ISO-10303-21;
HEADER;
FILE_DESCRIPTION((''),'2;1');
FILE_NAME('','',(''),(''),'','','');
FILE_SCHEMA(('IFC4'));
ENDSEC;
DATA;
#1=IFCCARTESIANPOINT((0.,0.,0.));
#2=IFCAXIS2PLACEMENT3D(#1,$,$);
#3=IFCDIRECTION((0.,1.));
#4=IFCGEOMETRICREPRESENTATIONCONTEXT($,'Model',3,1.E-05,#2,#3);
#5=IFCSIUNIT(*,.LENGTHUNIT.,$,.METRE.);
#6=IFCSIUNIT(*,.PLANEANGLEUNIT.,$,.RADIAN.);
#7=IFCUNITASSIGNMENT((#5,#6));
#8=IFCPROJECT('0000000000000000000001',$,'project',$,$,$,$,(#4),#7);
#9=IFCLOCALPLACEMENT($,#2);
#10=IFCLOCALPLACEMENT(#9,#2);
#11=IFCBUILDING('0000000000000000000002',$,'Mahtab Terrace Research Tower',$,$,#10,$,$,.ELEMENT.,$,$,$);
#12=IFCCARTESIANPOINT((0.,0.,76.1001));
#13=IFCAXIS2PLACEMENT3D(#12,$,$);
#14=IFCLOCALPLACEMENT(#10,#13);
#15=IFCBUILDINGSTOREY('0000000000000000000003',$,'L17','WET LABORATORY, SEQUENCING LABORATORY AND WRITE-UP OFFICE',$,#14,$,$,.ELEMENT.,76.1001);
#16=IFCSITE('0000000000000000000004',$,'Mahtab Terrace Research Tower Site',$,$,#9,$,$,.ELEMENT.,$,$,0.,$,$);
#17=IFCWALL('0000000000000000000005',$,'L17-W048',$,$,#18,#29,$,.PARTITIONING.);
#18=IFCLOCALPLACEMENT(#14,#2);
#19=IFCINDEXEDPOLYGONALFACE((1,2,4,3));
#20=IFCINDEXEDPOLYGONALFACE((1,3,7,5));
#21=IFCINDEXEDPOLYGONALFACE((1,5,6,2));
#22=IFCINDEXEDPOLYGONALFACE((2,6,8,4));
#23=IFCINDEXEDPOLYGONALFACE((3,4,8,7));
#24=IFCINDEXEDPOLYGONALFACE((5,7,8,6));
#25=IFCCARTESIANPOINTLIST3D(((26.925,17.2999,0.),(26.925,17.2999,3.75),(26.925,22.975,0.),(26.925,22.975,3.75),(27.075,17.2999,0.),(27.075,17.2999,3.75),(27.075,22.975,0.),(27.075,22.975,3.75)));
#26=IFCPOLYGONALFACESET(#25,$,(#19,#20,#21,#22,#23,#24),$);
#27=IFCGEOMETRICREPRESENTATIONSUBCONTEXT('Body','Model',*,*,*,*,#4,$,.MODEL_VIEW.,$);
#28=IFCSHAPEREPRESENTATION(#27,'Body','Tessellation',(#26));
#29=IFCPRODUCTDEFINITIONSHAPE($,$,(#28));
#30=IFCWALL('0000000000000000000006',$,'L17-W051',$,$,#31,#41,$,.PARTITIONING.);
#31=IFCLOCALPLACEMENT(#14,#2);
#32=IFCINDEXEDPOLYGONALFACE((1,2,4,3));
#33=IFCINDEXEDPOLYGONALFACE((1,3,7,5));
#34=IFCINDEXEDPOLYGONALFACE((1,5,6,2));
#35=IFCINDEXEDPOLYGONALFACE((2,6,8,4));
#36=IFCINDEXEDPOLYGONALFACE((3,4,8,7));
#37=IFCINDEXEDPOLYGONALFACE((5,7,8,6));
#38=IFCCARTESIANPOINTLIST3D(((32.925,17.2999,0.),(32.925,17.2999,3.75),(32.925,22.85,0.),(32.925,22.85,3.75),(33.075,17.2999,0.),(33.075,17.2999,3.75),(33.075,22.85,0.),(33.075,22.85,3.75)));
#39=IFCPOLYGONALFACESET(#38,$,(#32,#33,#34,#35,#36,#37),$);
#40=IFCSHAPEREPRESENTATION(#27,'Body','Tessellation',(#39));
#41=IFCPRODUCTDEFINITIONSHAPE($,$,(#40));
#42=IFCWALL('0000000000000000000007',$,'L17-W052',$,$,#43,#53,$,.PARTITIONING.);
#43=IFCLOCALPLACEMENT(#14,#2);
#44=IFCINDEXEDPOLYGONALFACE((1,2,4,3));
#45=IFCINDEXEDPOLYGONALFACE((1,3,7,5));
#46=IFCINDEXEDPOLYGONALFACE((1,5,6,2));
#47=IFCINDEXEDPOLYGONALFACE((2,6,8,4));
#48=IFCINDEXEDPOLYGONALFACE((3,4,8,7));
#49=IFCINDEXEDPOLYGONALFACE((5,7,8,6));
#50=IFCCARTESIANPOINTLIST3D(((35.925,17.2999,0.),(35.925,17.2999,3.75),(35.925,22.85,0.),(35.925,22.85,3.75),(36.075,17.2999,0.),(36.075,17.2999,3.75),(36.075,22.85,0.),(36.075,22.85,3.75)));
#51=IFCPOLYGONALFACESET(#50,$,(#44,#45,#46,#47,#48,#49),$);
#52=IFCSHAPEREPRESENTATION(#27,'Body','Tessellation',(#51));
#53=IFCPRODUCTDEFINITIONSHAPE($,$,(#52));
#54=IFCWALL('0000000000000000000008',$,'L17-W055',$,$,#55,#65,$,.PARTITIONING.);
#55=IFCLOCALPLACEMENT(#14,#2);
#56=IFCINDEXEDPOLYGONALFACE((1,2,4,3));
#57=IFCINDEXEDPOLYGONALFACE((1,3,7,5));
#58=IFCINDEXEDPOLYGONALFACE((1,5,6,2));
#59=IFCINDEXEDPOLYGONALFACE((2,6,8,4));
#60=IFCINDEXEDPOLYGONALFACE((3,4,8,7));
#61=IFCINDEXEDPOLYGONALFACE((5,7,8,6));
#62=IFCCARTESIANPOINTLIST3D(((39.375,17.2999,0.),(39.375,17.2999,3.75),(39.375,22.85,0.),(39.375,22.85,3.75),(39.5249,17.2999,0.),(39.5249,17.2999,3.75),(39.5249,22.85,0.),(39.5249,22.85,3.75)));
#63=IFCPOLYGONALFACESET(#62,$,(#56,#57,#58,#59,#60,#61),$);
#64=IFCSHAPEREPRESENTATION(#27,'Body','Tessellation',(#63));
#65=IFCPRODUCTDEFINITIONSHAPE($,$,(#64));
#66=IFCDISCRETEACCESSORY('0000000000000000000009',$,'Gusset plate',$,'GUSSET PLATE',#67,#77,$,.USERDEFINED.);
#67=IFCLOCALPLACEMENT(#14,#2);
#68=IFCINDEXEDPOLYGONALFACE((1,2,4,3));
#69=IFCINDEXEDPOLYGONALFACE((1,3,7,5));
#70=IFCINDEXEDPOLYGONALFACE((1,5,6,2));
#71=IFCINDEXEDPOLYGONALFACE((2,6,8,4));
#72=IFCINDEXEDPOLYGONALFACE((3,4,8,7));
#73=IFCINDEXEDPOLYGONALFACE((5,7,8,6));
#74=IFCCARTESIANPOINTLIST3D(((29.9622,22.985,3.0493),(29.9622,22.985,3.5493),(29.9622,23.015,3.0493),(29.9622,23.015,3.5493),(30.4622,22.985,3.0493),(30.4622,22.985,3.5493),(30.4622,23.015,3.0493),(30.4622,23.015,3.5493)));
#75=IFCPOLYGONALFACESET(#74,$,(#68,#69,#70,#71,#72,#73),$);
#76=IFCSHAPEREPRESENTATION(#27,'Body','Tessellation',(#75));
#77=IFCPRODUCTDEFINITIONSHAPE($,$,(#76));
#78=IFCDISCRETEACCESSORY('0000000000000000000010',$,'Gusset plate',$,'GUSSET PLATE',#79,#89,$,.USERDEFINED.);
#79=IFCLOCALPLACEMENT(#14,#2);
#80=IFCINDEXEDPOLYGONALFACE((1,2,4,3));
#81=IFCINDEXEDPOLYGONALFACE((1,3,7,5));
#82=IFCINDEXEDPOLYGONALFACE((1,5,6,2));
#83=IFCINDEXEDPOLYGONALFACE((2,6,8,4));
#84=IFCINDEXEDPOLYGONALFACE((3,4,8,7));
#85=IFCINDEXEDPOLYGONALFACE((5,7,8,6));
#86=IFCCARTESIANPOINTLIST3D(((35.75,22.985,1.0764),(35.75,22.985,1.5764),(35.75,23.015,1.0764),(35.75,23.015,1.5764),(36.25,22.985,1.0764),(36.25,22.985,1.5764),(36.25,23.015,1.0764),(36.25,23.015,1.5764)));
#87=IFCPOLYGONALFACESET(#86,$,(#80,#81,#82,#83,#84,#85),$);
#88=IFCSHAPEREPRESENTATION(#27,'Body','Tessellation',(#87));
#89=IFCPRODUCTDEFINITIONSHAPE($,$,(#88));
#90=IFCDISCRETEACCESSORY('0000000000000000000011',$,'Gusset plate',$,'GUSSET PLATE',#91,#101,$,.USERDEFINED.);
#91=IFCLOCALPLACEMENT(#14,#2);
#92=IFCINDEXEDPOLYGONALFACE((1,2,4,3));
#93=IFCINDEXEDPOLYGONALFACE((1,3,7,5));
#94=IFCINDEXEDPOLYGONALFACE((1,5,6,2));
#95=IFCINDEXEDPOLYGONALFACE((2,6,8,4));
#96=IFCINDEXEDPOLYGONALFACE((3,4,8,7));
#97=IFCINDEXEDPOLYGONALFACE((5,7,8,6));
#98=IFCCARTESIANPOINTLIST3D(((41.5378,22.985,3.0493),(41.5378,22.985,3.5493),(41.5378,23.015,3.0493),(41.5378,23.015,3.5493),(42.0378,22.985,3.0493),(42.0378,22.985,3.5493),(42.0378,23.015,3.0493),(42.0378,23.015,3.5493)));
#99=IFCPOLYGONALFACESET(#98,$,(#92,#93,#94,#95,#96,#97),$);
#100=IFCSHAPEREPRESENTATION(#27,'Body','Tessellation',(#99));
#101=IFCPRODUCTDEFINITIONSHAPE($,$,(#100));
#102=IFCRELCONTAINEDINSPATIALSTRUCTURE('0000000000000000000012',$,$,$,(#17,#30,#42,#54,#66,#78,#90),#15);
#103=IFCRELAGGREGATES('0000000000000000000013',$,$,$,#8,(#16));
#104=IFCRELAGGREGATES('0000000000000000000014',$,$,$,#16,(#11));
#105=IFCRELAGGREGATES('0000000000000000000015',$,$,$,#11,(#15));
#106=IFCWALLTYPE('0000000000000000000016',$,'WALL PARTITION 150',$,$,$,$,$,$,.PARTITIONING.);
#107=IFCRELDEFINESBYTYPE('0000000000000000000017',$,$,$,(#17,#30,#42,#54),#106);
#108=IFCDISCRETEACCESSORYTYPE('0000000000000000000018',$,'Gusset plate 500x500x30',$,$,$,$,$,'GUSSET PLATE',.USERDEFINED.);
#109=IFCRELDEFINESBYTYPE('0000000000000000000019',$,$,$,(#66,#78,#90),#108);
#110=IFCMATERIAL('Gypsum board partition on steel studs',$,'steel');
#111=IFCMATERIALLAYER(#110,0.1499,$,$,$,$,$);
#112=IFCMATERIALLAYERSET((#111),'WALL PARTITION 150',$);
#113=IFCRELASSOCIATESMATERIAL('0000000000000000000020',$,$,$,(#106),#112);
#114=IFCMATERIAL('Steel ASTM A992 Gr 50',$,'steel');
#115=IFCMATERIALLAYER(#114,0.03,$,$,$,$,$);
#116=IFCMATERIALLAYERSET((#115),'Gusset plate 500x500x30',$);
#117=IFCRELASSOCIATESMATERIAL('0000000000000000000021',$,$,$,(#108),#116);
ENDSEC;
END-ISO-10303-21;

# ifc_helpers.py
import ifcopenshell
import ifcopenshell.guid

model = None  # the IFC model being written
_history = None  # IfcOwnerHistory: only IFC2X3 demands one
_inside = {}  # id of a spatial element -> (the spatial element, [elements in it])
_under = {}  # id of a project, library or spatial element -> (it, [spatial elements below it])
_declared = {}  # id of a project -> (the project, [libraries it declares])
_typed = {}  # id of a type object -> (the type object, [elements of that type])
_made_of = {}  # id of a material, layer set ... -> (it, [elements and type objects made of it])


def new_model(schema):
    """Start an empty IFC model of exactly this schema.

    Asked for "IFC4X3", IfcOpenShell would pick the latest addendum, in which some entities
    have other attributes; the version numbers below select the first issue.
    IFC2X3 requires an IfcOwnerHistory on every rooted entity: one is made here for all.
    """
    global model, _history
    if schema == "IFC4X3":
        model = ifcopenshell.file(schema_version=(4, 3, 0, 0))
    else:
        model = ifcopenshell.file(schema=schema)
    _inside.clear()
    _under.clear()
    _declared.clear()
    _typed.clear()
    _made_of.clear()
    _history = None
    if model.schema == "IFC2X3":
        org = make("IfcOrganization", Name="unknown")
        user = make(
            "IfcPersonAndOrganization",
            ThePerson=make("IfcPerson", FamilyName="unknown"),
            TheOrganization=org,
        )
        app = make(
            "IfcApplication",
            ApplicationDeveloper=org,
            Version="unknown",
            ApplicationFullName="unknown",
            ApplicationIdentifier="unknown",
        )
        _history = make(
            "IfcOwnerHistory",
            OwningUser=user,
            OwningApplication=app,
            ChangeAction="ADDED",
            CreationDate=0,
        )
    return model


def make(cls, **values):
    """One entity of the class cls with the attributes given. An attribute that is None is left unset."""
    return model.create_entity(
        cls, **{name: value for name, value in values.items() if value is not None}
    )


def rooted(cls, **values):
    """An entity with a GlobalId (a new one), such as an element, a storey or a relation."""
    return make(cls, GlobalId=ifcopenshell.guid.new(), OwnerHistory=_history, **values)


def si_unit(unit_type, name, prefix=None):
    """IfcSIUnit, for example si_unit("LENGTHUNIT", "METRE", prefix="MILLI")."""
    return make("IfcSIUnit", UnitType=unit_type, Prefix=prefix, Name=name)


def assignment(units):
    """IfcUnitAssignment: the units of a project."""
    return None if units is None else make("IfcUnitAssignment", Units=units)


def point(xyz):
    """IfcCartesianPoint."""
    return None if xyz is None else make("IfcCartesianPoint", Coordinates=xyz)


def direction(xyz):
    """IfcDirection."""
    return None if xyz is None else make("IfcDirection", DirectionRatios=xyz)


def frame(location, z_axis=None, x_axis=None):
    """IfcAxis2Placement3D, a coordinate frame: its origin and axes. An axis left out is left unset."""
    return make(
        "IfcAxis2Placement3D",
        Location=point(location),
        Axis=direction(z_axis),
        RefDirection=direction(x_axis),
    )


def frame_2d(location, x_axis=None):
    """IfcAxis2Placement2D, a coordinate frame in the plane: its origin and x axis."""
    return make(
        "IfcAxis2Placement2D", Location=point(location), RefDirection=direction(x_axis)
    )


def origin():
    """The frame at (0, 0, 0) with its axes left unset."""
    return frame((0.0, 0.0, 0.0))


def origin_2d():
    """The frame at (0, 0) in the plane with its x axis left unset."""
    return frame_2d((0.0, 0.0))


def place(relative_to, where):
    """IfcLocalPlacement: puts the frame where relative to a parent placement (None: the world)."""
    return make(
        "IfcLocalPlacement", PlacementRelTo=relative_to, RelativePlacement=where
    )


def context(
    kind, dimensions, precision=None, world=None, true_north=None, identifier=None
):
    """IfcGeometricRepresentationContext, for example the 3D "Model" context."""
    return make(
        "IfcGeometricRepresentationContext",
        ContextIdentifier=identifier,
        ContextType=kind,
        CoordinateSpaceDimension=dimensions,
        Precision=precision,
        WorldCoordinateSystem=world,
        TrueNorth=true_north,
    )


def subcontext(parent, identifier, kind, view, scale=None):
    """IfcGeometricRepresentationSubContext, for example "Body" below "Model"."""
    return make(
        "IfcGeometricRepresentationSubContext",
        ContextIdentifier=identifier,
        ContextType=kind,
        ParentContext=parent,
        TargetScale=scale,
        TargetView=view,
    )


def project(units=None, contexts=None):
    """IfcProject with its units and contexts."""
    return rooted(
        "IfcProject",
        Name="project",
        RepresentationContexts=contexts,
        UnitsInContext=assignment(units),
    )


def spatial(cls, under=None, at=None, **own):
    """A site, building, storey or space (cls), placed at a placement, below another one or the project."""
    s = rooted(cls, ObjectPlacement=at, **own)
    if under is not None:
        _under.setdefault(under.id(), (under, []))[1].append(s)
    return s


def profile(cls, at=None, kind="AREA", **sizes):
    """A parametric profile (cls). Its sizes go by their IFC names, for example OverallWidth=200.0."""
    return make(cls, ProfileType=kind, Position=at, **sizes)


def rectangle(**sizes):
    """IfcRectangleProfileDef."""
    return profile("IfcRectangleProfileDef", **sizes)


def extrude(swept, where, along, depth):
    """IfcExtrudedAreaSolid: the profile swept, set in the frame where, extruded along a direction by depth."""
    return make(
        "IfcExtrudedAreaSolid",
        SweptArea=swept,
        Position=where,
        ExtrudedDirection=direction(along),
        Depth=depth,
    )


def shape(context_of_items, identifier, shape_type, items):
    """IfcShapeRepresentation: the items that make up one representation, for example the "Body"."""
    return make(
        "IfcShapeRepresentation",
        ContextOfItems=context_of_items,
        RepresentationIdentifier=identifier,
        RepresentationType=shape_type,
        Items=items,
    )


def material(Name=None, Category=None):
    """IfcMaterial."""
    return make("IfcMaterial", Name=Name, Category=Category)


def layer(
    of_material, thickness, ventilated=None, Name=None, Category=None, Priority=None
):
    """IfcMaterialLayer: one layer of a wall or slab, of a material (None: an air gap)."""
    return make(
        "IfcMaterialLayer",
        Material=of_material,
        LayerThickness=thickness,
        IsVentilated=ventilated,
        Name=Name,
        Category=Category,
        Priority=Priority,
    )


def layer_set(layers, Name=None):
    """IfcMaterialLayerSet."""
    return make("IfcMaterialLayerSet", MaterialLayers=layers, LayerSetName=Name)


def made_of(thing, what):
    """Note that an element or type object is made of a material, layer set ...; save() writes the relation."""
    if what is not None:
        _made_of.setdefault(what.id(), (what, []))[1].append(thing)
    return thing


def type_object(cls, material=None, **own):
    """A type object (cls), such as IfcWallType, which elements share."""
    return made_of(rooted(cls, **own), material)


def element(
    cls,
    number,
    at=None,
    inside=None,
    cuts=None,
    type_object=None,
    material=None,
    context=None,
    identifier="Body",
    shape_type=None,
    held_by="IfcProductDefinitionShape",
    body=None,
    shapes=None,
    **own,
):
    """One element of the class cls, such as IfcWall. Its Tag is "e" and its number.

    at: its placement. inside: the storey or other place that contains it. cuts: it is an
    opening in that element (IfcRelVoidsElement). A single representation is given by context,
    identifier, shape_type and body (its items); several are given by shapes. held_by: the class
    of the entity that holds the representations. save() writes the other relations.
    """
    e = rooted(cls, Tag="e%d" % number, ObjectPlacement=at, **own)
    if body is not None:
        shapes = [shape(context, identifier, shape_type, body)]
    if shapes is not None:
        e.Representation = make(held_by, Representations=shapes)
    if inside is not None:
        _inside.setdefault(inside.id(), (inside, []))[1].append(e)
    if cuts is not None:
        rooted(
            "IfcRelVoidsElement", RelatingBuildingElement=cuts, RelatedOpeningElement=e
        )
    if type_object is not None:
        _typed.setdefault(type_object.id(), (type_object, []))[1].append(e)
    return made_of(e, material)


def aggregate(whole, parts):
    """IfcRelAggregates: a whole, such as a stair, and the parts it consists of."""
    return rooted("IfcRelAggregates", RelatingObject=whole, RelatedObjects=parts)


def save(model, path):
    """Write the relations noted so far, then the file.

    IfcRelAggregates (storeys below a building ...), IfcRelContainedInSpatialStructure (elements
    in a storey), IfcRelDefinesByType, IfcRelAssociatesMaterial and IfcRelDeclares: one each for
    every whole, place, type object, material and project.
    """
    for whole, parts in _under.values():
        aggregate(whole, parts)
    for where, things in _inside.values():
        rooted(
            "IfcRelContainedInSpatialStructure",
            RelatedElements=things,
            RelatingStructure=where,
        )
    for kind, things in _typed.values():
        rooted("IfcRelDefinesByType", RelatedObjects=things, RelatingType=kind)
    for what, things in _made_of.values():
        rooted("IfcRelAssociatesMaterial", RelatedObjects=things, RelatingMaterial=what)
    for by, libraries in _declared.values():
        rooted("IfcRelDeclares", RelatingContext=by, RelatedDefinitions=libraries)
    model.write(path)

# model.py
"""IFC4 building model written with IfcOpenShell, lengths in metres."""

from ifc_helpers import new_model, si_unit, direction, frame, frame_2d, origin, origin_2d, place, context, subcontext, project, spatial, rectangle, extrude, material, layer, layer_set, type_object, element, save


model = new_model("IFC4")

# Units and contexts
model_context = context("Model", 3, precision=1e-05, world=origin(), true_north=direction((0.0, 1.0)))
body_context = subcontext(model_context, "Body", "Model", "MODEL_VIEW")
ifc_project = project(units=[si_unit("LENGTHUNIT", "METRE"), si_unit("PLANEANGLEUNIT", "RADIAN")], contexts=[model_context])

# Site, building, storey
site_placement = place(None, origin())
site = spatial("IfcSite", under=ifc_project, at=site_placement, Name="Mahtab Terrace Research Tower Site", CompositionType="ELEMENT", RefElevation=0.0)
building_placement = place(site_placement, origin())
building = spatial("IfcBuilding", under=site, at=building_placement, Name="Mahtab Terrace Research Tower", CompositionType="ELEMENT")
storey_placement = place(building_placement, frame((0.0, 0.0, 76.1001)))
storey = spatial("IfcBuildingStorey", under=building, at=storey_placement, Name="L17", Description="WET LABORATORY, SEQUENCING LABORATORY AND WRITE-UP OFFICE", CompositionType="ELEMENT", Elevation=76.1001)

# Shared definitions
ifc_material_1 = material(Name="Steel ASTM A992 Gr 50", Category="steel")

# Walls
ifc_material_2 = material(Name="Gypsum board partition on steel studs", Category="steel")
ifc_layer_1 = layer(ifc_material_2, 0.1499)
ifc_layer_set_1 = layer_set([ifc_layer_1], Name="WALL PARTITION 150")
wall_type_1 = type_object("IfcWallType", Name="WALL PARTITION 150", PredefinedType="PARTITIONING", material=ifc_layer_set_1)
wall_1_placement = place(storey_placement, frame((27.0, 17.3, 0.0), z_axis=(0.0, 0.0, 1.0), x_axis=(0.0, 1.0, 0.0)))
element("IfcWall", 1, at=wall_1_placement, inside=storey, type_object=wall_type_1, Name="L17-W048", PredefinedType="PARTITIONING", context=body_context, shape_type="SweptSolid", body=[
    extrude(rectangle(XDim=5.675, YDim=0.1499, at=frame_2d((2.8374, 0.0))), origin(), (0.0, 0.0, 1.0), 3.75),
])
for number, where, z_axis, x_axis, name in (
    (2, (33.0, 17.3, 0.0), (0.0, 0.0, 1.0), (0.0, 1.0, 0.0), "L17-W051"),
    (3, (36.0, 17.3, 0.0), (0.0, 0.0, 1.0), (0.0, 1.0, 0.0), "L17-W052"),
    (4, (39.45, 17.3, 0.0), (0.0, 0.0, 1.0), (0.0, 1.0, 0.0), "L17-W055"),
):
    element("IfcWall", number, at=place(storey_placement, frame(where, z_axis=z_axis, x_axis=x_axis)), inside=storey, type_object=wall_type_1, Name=name, PredefinedType="PARTITIONING", context=body_context, shape_type="SweptSolid", body=[
        extrude(rectangle(XDim=5.55, YDim=0.1499, at=frame_2d((2.7749, 0.0))), origin(), (0.0, 0.0, 1.0), 3.75),
    ])

# Discrete accessories
ifc_layer_2 = layer(ifc_material_1, 0.03)
ifc_layer_set_2 = layer_set([ifc_layer_2], Name="Gusset plate 500x500x30")
discrete_accessory_type = type_object("IfcDiscreteAccessoryType", Name="Gusset plate 500x500x30", ElementType="GUSSET PLATE", PredefinedType="USERDEFINED", material=ifc_layer_set_2)
for number, where, z_axis, x_axis, name in (
    (5, (30.2122, 23.0, 3.0493), (0.0, 0.0, 1.0), (1.0, 0.0, 0.0), "Gusset plate"),
    (6, (36.0, 23.0, 1.0764), (0.0, 0.0, 1.0), (1.0, 0.0, 0.0), "Gusset plate"),
    (7, (41.7878, 23.0, 3.0493), (0.0, 0.0, 1.0), (1.0, 0.0, 0.0), "Gusset plate"),
):
    element("IfcDiscreteAccessory", number, at=place(storey_placement, frame(where, z_axis=z_axis, x_axis=x_axis)), inside=storey, type_object=discrete_accessory_type, Name=name, ObjectType="GUSSET PLATE", PredefinedType="USERDEFINED", context=body_context, shape_type="SweptSolid", body=[
        extrude(rectangle(XDim=0.5, YDim=0.03, at=origin_2d()), origin(), (0.0, 0.0, 1.0), 0.5),
    ])

save(model, "model.ifc")
